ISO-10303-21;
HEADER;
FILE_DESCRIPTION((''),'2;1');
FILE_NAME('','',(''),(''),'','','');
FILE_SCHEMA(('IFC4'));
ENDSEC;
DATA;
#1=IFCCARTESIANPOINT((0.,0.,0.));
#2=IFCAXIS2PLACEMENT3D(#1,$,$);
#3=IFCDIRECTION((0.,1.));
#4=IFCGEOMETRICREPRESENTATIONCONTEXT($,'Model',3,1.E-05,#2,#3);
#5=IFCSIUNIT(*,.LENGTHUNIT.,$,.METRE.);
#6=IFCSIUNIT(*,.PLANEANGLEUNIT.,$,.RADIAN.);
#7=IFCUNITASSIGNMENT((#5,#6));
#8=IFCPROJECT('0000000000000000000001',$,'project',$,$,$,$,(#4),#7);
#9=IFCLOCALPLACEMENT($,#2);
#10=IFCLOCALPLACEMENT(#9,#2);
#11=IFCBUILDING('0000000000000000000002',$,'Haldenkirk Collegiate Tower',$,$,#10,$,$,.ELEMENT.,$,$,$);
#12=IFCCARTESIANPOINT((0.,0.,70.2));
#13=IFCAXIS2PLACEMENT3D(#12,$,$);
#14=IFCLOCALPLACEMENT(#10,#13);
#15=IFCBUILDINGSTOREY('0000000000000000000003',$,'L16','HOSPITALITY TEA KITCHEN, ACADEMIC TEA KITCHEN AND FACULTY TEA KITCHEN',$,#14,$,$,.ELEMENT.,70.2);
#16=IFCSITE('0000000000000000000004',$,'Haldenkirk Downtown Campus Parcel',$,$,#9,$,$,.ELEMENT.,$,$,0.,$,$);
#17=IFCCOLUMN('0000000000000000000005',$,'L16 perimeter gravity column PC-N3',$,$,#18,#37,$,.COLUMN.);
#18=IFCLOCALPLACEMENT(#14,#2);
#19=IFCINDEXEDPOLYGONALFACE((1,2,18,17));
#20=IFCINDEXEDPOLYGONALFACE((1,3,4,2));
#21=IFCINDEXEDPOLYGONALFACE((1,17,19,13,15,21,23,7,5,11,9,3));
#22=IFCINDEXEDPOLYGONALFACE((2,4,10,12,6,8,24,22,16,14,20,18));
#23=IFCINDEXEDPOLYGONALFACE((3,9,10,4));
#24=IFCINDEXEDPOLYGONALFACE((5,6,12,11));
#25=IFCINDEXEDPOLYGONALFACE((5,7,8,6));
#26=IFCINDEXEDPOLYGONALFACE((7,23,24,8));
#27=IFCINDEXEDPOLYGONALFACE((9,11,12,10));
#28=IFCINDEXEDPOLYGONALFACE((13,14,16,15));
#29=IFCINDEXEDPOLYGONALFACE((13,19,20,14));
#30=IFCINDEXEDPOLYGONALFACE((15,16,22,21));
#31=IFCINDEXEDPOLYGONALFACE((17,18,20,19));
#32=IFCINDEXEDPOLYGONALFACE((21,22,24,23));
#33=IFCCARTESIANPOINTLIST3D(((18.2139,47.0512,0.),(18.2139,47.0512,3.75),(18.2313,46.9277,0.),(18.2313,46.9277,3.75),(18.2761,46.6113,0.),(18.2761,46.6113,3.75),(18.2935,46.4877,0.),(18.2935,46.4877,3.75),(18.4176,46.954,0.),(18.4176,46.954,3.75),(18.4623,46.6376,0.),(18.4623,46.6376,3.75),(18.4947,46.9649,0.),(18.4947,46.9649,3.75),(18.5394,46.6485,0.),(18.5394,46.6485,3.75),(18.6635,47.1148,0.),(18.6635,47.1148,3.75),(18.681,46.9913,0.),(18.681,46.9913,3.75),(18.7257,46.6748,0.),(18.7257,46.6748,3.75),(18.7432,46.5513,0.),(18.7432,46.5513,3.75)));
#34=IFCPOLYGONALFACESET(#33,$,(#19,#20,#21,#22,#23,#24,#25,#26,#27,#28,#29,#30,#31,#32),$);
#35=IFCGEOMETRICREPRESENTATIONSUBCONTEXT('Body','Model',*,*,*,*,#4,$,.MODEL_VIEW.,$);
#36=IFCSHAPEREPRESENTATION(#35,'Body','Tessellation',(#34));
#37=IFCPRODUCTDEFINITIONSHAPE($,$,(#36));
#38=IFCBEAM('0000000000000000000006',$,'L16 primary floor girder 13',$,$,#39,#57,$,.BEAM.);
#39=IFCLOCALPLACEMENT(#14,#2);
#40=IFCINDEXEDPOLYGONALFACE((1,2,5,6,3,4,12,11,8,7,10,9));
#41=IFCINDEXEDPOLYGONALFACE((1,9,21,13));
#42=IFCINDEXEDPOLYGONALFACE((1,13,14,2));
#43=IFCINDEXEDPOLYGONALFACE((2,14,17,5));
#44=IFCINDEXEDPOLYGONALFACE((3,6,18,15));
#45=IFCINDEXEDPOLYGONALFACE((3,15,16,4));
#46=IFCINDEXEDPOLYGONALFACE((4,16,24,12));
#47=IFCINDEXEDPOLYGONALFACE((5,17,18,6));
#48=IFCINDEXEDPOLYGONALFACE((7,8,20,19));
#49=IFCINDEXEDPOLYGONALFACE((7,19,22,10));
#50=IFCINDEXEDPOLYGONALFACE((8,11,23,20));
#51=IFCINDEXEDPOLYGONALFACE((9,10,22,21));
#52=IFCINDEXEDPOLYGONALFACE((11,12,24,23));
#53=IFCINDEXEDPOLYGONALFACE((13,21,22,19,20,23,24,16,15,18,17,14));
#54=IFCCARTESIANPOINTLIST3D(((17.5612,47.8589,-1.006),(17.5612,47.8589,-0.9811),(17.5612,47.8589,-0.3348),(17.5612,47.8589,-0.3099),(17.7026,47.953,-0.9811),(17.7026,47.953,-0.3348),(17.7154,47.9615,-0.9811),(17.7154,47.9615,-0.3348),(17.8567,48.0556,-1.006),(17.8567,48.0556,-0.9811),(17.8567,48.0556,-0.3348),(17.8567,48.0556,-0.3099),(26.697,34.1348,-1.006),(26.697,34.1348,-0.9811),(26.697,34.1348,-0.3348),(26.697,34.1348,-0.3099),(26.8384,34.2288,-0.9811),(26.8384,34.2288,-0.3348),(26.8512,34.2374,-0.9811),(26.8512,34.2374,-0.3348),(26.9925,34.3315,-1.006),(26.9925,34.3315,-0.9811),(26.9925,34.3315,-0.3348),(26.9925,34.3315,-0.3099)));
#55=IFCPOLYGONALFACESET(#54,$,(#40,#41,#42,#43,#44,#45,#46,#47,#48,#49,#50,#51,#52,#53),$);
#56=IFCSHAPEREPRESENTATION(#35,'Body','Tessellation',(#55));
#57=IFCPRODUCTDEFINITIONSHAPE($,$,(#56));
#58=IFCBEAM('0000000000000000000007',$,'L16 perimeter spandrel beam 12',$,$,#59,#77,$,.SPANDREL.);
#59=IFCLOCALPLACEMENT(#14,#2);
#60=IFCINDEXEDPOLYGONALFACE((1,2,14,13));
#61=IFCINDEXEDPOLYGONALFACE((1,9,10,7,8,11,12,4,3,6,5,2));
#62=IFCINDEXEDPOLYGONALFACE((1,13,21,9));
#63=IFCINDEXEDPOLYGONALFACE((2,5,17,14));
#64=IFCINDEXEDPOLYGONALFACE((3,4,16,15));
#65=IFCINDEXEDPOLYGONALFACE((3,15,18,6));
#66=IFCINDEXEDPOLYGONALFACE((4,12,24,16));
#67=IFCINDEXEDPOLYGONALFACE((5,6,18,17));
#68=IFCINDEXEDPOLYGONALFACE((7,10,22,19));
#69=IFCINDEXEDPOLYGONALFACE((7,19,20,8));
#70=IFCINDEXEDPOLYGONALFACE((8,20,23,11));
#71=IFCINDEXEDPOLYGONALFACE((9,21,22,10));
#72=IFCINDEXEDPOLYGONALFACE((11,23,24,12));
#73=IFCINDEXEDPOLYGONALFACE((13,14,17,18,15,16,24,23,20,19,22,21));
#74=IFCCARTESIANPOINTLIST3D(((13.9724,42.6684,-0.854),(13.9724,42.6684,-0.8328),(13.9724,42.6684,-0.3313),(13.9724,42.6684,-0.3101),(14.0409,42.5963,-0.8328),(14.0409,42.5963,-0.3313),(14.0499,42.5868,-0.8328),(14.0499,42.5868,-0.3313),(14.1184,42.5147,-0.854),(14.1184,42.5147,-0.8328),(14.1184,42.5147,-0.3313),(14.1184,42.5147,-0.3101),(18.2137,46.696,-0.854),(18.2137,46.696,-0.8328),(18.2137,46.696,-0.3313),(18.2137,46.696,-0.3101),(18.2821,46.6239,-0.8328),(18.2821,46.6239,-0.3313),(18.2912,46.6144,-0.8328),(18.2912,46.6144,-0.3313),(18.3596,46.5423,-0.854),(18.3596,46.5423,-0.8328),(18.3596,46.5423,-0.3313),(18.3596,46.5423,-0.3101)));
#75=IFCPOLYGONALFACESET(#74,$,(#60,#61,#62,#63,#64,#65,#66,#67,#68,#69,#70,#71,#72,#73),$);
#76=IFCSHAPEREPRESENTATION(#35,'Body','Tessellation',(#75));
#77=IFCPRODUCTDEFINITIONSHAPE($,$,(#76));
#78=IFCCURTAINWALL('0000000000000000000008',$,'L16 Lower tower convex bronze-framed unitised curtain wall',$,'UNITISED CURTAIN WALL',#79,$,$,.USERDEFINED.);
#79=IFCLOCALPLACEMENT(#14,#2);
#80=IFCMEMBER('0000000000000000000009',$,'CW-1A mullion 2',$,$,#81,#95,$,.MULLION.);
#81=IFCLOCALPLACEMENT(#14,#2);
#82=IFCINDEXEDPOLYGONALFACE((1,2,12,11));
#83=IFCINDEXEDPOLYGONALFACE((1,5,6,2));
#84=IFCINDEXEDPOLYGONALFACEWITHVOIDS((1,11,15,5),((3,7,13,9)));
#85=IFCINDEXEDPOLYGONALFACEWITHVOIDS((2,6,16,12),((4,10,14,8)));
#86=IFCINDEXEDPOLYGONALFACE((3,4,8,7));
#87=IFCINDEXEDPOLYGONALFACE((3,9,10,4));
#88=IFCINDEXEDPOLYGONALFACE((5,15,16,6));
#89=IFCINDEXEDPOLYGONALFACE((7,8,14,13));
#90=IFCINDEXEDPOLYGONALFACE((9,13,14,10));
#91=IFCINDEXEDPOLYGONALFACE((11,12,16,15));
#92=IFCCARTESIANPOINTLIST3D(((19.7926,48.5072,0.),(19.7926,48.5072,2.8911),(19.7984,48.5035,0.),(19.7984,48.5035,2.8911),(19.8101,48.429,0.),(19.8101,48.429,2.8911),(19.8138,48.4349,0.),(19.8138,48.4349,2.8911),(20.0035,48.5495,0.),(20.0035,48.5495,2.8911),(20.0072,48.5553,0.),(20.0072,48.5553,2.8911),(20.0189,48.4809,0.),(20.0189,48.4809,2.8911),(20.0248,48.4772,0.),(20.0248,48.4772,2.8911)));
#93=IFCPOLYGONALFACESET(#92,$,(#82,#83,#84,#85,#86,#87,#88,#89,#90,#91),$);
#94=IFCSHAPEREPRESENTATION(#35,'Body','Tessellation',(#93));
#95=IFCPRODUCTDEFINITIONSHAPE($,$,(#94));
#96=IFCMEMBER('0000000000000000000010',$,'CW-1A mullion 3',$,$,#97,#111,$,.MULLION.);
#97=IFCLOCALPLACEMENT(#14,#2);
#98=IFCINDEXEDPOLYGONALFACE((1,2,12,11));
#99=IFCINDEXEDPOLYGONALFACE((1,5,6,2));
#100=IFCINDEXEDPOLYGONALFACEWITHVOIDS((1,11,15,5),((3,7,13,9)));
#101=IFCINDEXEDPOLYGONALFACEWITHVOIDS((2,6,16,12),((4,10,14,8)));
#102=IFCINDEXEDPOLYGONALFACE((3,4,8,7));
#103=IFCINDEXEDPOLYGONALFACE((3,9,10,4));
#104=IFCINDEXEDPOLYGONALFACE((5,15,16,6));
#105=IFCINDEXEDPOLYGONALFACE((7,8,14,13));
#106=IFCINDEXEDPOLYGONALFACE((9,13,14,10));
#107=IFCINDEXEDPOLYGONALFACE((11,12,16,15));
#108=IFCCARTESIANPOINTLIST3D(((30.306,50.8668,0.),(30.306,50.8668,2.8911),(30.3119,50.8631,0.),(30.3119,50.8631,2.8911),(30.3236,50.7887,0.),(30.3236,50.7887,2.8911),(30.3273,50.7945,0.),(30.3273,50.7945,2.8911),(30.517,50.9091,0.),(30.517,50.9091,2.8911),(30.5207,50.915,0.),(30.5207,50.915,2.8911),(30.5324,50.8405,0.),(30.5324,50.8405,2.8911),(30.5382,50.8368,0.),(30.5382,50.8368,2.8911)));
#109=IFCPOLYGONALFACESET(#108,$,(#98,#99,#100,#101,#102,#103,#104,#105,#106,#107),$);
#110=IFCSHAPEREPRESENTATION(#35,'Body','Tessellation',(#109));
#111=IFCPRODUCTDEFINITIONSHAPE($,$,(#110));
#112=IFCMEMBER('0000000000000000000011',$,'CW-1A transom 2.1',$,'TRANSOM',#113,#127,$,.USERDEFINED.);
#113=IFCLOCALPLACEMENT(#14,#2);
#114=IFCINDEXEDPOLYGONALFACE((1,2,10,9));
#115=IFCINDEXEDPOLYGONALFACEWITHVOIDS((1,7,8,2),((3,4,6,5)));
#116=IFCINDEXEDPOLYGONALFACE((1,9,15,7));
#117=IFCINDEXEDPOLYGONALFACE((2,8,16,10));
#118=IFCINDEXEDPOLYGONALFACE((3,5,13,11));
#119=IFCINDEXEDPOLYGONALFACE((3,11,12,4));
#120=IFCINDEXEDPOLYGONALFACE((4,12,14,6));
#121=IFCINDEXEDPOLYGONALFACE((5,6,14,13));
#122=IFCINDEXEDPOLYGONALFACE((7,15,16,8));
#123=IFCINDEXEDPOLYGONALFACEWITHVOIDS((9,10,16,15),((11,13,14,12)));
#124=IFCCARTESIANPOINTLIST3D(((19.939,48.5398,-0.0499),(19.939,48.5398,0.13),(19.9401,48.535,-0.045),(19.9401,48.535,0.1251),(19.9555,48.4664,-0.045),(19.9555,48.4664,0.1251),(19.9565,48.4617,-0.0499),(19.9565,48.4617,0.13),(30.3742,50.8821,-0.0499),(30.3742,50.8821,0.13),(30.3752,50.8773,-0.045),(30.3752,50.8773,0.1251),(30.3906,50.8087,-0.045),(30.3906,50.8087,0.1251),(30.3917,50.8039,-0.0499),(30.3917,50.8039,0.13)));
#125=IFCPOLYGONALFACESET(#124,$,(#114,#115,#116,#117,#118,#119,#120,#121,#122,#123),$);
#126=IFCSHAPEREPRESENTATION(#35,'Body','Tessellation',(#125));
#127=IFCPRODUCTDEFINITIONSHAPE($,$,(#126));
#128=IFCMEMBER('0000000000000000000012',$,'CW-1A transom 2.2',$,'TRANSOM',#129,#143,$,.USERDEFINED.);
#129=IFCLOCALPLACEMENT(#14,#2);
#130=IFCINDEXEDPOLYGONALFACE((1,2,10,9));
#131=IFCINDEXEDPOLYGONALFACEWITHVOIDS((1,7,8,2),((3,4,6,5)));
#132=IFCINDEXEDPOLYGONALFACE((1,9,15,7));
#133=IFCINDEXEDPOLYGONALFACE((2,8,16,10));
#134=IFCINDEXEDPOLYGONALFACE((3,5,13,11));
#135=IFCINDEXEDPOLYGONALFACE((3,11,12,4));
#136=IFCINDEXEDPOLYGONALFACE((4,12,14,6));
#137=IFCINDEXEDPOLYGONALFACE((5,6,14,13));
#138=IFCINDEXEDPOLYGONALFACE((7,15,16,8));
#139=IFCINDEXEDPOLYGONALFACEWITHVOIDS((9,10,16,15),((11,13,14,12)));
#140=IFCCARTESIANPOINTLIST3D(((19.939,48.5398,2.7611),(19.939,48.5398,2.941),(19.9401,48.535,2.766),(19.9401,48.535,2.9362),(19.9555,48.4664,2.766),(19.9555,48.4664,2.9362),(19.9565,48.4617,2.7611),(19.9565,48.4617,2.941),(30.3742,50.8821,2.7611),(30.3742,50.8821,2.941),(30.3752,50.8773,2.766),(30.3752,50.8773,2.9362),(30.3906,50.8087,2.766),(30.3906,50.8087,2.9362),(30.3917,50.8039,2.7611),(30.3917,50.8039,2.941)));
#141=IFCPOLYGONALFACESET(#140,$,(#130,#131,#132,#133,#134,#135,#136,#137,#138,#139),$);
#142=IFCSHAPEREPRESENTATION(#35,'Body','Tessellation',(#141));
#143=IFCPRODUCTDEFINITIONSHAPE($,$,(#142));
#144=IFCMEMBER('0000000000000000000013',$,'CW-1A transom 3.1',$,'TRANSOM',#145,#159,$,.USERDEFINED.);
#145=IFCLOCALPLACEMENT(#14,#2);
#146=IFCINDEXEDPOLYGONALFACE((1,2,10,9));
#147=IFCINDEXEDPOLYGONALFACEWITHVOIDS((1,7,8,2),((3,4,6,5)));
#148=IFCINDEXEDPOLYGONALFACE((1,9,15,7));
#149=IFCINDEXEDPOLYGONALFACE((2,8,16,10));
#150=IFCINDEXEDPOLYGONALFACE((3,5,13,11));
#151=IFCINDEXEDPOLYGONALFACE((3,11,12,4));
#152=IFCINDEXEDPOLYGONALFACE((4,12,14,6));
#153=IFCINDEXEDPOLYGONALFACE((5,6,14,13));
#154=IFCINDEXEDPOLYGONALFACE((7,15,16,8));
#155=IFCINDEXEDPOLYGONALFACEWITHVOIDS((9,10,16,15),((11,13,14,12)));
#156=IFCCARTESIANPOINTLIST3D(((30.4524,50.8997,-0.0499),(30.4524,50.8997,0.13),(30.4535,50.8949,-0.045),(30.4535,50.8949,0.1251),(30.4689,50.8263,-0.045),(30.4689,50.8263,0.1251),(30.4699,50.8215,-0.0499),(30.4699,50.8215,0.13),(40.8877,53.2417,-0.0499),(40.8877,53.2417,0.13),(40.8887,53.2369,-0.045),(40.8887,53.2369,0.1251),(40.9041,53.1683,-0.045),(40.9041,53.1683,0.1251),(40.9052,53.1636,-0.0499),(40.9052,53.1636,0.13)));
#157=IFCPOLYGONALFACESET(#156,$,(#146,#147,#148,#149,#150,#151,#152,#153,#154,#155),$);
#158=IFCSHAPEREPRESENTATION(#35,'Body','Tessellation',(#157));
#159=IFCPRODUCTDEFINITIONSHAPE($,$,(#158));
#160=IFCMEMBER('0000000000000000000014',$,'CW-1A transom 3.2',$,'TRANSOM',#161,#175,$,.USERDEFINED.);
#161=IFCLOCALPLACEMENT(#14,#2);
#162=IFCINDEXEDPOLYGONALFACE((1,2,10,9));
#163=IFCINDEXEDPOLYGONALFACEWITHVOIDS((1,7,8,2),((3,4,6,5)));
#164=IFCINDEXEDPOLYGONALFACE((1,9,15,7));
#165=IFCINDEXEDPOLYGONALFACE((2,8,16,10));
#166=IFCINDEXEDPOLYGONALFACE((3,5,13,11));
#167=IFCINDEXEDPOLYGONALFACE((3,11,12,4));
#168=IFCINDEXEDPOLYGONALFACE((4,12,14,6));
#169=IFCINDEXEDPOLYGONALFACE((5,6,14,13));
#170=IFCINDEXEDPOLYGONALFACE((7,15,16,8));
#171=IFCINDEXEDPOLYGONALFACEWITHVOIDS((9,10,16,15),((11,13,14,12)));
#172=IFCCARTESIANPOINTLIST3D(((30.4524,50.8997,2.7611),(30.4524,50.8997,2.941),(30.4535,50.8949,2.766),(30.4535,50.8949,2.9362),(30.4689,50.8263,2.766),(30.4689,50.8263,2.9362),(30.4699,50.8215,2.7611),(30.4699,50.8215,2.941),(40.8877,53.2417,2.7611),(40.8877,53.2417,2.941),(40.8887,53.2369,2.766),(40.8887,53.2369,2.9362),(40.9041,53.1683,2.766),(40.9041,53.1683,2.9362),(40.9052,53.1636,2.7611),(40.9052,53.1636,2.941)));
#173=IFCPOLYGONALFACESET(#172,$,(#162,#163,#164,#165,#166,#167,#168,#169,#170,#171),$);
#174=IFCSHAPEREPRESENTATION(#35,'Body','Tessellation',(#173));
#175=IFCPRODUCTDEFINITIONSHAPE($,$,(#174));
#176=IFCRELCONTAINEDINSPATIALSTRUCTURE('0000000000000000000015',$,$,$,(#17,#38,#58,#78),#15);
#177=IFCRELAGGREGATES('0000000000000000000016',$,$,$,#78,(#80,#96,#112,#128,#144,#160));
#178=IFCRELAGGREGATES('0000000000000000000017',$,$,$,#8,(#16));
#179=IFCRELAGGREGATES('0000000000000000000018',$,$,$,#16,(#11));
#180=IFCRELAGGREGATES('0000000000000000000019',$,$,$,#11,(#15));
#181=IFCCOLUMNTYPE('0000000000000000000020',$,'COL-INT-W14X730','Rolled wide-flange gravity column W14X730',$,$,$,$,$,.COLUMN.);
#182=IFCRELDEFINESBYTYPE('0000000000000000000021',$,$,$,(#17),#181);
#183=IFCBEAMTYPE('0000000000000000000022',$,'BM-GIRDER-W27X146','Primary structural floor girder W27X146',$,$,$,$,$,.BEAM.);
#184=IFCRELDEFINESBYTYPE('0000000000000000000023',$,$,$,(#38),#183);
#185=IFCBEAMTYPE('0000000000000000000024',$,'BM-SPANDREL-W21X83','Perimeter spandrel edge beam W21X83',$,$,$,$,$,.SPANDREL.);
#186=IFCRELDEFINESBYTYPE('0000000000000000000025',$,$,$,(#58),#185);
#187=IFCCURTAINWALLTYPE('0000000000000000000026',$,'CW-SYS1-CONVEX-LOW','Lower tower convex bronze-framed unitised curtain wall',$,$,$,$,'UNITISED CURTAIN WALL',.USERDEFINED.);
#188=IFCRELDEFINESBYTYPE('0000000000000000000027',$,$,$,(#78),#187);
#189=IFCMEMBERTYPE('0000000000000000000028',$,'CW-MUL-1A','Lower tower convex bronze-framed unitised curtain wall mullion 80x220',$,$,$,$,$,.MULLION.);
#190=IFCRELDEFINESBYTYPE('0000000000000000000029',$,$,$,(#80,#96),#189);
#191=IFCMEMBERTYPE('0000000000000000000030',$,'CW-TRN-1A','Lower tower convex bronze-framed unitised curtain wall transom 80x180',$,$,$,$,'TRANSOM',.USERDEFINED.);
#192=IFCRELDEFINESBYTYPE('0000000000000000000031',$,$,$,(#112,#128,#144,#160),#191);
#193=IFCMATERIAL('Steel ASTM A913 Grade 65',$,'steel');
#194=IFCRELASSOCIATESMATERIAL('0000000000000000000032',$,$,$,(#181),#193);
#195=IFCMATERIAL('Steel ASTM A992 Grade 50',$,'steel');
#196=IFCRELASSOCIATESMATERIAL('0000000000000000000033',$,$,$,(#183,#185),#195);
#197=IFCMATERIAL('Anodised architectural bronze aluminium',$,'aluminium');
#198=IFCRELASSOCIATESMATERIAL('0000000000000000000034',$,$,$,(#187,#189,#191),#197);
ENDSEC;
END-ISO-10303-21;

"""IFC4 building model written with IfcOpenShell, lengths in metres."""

from ifc_helpers import new_model, si_unit, direction, frame, origin, origin_2d, place, context, subcontext, project, spatial, hollow_rectangle, i_section, extrude, material, material_profile, profile_set, type_object, element, aggregate, save


model = new_model("IFC4")

# Units and contexts
model_context = context("Model", 3, precision=1e-05, world=origin(), true_north=direction((0.0, 1.0)))
body_context = subcontext(model_context, "Body", "Model", "MODEL_VIEW")
ifc_project = project(units=[si_unit("LENGTHUNIT", "METRE"), si_unit("PLANEANGLEUNIT", "RADIAN")], contexts=[model_context])

# Site, building, storey
site_placement = place(None, origin())
site = spatial("IfcSite", under=ifc_project, at=site_placement, Name="Haldenkirk Downtown Campus Parcel", CompositionType="ELEMENT", RefElevation=0.0)
building_placement = place(site_placement, origin())
building = spatial("IfcBuilding", under=site, at=building_placement, Name="Haldenkirk Collegiate Tower", CompositionType="ELEMENT")
storey_placement = place(building_placement, frame((0.0, 0.0, 70.2)))
storey = spatial("IfcBuildingStorey", under=building, at=storey_placement, Name="L16", Description="HOSPITALITY TEA KITCHEN, ACADEMIC TEA KITCHEN AND FACULTY TEA KITCHEN", CompositionType="ELEMENT", Elevation=70.2)

# Column
ifc_material_1 = material(Name="Steel ASTM A913 Grade 65", Category="steel")
ifc_material_profile_1 = material_profile(ifc_material_1, i_section(OverallWidth=0.4541, OverallDepth=0.5691, WebThickness=0.0779, FlangeThickness=0.1248, at=origin_2d()), Name="W14X730")
ifc_profile_set_1 = profile_set([ifc_material_profile_1], Name="Steel ASTM A913 Grade 65")
column_type = type_object("IfcColumnType", Name="COL-INT-W14X730", Description="Rolled wide-flange gravity column W14X730", PredefinedType="COLUMN", material=ifc_profile_set_1)
column_placement = place(storey_placement, frame((18.4785, 46.8013, 0.0), z_axis=(0.0, 0.0, 1.0), x_axis=(0.990146, 0.140037, 0.0)))
element("IfcColumn", 1, at=column_placement, inside=storey, type_object=column_type, Name="L16 perimeter gravity column PC-N3", PredefinedType="COLUMN", context=body_context, shape_type="SweptSolid", body=[
    extrude(i_section(OverallWidth=0.4541, OverallDepth=0.5691, WebThickness=0.0779, FlangeThickness=0.1248, at=origin_2d()), origin(), (0.0, 0.0, 1.0), 3.75),
])

# Beams
ifc_material_2 = material(Name="Steel ASTM A992 Grade 50", Category="steel")
ifc_material_profile_2 = material_profile(ifc_material_2, i_section(OverallWidth=0.355, OverallDepth=0.696, WebThickness=0.0154, FlangeThickness=0.0249, at=origin_2d()), Name="W27X146")
ifc_profile_set_2 = profile_set([ifc_material_profile_2], Name="Steel ASTM A992 Grade 50")
beam_type_1 = type_object("IfcBeamType", Name="BM-GIRDER-W27X146", Description="Primary structural floor girder W27X146", PredefinedType="BEAM", material=ifc_profile_set_2)
beam_1_placement = place(storey_placement, frame((17.709, 47.9573, -0.658), z_axis=(0.554126, -0.832433, 0.0), x_axis=(0.832433, 0.554126, 0.0)))
element("IfcBeam", 2, at=beam_1_placement, inside=storey, type_object=beam_type_1, Name="L16 primary floor girder 13", PredefinedType="BEAM", context=body_context, shape_type="SweptSolid", body=[
    extrude(i_section(OverallWidth=0.355, OverallDepth=0.696, WebThickness=0.0154, FlangeThickness=0.0249, at=origin_2d()), origin(), (0.0, 0.0, 1.0), 16.4868),
])
ifc_material_profile_3 = material_profile(ifc_material_2, i_section(OverallWidth=0.2119, OverallDepth=0.5439, WebThickness=0.0132, FlangeThickness=0.0212, at=origin_2d()), Name="W21X83")
ifc_profile_set_3 = profile_set([ifc_material_profile_3], Name="Steel ASTM A992 Grade 50")
beam_type_2 = type_object("IfcBeamType", Name="BM-SPANDREL-W21X83", Description="Perimeter spandrel edge beam W21X83", PredefinedType="SPANDREL", material=ifc_profile_set_3)
beam_2_placement = place(storey_placement, frame((18.2866, 46.6191, -0.582), z_axis=(-0.725133, -0.688609, 0.0), x_axis=(0.688609, -0.725133, 0.0)))
element("IfcBeam", 3, at=beam_2_placement, inside=storey, type_object=beam_type_2, Name="L16 perimeter spandrel beam 12", PredefinedType="SPANDREL", context=body_context, shape_type="SweptSolid", body=[
    extrude(i_section(OverallWidth=0.2119, OverallDepth=0.5439, WebThickness=0.0132, FlangeThickness=0.0212, at=origin_2d()), origin(), (0.0, 0.0, 1.0), 5.8489),
])

# Curtain wall, members
ifc_material_3 = material(Name="Anodised architectural bronze aluminium", Category="aluminium")
curtain_wall_type = type_object("IfcCurtainWallType", Name="CW-SYS1-CONVEX-LOW", Description="Lower tower convex bronze-framed unitised curtain wall", ElementType="UNITISED CURTAIN WALL", PredefinedType="USERDEFINED", material=ifc_material_3)
curtain_wall_placement = place(storey_placement, origin())
curtain_wall = element("IfcCurtainWall", 4, at=curtain_wall_placement, inside=storey, type_object=curtain_wall_type, Name="L16 Lower tower convex bronze-framed unitised curtain wall", ObjectType="UNITISED CURTAIN WALL", PredefinedType="USERDEFINED")
ifc_material_profile_4 = material_profile(ifc_material_3, hollow_rectangle(XDim=0.0801, YDim=0.22, WallThickness=0.0049, at=origin_2d()), Name="CW-MUL-1A")
ifc_profile_set_4 = profile_set([ifc_material_profile_4], Name="Anodised architectural bronze aluminium")
member_type_1 = type_object("IfcMemberType", Name="CW-MUL-1A", Description="Lower tower convex bronze-framed unitised curtain wall mullion 80x220", PredefinedType="MULLION", material=ifc_profile_set_4)
member_1_placement = place(storey_placement, frame((19.9087, 48.4922, 0.0), z_axis=(0.0, 0.0, 1.0), x_axis=(-0.218996, 0.975726, 0.0)))
member_1 = element("IfcMember", 5, at=member_1_placement, type_object=member_type_1, Name="CW-1A mullion 2", PredefinedType="MULLION", context=body_context, shape_type="SweptSolid", body=[
    extrude(hollow_rectangle(XDim=0.0801, YDim=0.22, WallThickness=0.0049, at=origin_2d()), origin(), (0.0, 0.0, 1.0), 2.8911),
])
member_2_placement = place(storey_placement, frame((30.4221, 50.8518, 0.0), z_axis=(0.0, 0.0, 1.0), x_axis=(-0.218996, 0.975726, 0.0)))
member_2 = element("IfcMember", 6, at=member_2_placement, type_object=member_type_1, Name="CW-1A mullion 3", PredefinedType="MULLION", context=body_context, shape_type="SweptSolid", body=[
    extrude(hollow_rectangle(XDim=0.0801, YDim=0.22, WallThickness=0.0049, at=origin_2d()), origin(), (0.0, 0.0, 1.0), 2.8911),
])
ifc_material_profile_5 = material_profile(ifc_material_3, hollow_rectangle(XDim=0.0801, YDim=0.1799, WallThickness=0.0049, at=origin_2d()), Name="CW-TRN-1A")
ifc_profile_set_5 = profile_set([ifc_material_profile_5], Name="Anodised architectural bronze aluminium")
member_type_2 = type_object("IfcMemberType", Name="CW-TRN-1A", Description="Lower tower convex bronze-framed unitised curtain wall transom 80x180", ElementType="TRANSOM", PredefinedType="USERDEFINED", material=ifc_profile_set_5)
member_3_placement = place(storey_placement, frame((19.9478, 48.5007, 0.04), z_axis=(0.975723, 0.219009, 0.0), x_axis=(-0.219009, 0.975723, 0.0)))
member_3 = element("IfcMember", 7, at=member_3_placement, type_object=member_type_2, Name="CW-1A transom 2.1", ObjectType="TRANSOM", PredefinedType="USERDEFINED", context=body_context, shape_type="SweptSolid", body=[
    extrude(hollow_rectangle(XDim=0.0801, YDim=0.1799, WallThickness=0.0049, at=origin_2d()), origin(), (0.0, 0.0, 1.0), 10.6948),
])
member_4_placement = place(storey_placement, frame((19.9478, 48.5007, 2.8511), z_axis=(0.975723, 0.219009, 0.0), x_axis=(-0.219009, 0.975723, 0.0)))
member_4 = element("IfcMember", 8, at=member_4_placement, type_object=member_type_2, Name="CW-1A transom 2.2", ObjectType="TRANSOM", PredefinedType="USERDEFINED", context=body_context, shape_type="SweptSolid", body=[
    extrude(hollow_rectangle(XDim=0.0801, YDim=0.1799, WallThickness=0.0049, at=origin_2d()), origin(), (0.0, 0.0, 1.0), 10.6948),
])
member_5_placement = place(storey_placement, frame((30.4612, 50.8606, 0.04), z_axis=(0.975728, 0.218987, 0.0), x_axis=(-0.218987, 0.975728, 0.0)))
member_5 = element("IfcMember", 9, at=member_5_placement, type_object=member_type_2, Name="CW-1A transom 3.1", ObjectType="TRANSOM", PredefinedType="USERDEFINED", context=body_context, shape_type="SweptSolid", body=[
    extrude(hollow_rectangle(XDim=0.0801, YDim=0.1799, WallThickness=0.0049, at=origin_2d()), origin(), (0.0, 0.0, 1.0), 10.6948),
])
member_6_placement = place(storey_placement, frame((30.4612, 50.8606, 2.8511), z_axis=(0.975728, 0.218987, 0.0), x_axis=(-0.218987, 0.975728, 0.0)))
member_6 = element("IfcMember", 10, at=member_6_placement, type_object=member_type_2, Name="CW-1A transom 3.2", ObjectType="TRANSOM", PredefinedType="USERDEFINED", context=body_context, shape_type="SweptSolid", body=[
    extrude(hollow_rectangle(XDim=0.0801, YDim=0.1799, WallThickness=0.0049, at=origin_2d()), origin(), (0.0, 0.0, 1.0), 10.6948),
])

aggregate(curtain_wall, [member_1, member_2, member_3, member_4, member_5, member_6])

save(model, "model.ifc")
